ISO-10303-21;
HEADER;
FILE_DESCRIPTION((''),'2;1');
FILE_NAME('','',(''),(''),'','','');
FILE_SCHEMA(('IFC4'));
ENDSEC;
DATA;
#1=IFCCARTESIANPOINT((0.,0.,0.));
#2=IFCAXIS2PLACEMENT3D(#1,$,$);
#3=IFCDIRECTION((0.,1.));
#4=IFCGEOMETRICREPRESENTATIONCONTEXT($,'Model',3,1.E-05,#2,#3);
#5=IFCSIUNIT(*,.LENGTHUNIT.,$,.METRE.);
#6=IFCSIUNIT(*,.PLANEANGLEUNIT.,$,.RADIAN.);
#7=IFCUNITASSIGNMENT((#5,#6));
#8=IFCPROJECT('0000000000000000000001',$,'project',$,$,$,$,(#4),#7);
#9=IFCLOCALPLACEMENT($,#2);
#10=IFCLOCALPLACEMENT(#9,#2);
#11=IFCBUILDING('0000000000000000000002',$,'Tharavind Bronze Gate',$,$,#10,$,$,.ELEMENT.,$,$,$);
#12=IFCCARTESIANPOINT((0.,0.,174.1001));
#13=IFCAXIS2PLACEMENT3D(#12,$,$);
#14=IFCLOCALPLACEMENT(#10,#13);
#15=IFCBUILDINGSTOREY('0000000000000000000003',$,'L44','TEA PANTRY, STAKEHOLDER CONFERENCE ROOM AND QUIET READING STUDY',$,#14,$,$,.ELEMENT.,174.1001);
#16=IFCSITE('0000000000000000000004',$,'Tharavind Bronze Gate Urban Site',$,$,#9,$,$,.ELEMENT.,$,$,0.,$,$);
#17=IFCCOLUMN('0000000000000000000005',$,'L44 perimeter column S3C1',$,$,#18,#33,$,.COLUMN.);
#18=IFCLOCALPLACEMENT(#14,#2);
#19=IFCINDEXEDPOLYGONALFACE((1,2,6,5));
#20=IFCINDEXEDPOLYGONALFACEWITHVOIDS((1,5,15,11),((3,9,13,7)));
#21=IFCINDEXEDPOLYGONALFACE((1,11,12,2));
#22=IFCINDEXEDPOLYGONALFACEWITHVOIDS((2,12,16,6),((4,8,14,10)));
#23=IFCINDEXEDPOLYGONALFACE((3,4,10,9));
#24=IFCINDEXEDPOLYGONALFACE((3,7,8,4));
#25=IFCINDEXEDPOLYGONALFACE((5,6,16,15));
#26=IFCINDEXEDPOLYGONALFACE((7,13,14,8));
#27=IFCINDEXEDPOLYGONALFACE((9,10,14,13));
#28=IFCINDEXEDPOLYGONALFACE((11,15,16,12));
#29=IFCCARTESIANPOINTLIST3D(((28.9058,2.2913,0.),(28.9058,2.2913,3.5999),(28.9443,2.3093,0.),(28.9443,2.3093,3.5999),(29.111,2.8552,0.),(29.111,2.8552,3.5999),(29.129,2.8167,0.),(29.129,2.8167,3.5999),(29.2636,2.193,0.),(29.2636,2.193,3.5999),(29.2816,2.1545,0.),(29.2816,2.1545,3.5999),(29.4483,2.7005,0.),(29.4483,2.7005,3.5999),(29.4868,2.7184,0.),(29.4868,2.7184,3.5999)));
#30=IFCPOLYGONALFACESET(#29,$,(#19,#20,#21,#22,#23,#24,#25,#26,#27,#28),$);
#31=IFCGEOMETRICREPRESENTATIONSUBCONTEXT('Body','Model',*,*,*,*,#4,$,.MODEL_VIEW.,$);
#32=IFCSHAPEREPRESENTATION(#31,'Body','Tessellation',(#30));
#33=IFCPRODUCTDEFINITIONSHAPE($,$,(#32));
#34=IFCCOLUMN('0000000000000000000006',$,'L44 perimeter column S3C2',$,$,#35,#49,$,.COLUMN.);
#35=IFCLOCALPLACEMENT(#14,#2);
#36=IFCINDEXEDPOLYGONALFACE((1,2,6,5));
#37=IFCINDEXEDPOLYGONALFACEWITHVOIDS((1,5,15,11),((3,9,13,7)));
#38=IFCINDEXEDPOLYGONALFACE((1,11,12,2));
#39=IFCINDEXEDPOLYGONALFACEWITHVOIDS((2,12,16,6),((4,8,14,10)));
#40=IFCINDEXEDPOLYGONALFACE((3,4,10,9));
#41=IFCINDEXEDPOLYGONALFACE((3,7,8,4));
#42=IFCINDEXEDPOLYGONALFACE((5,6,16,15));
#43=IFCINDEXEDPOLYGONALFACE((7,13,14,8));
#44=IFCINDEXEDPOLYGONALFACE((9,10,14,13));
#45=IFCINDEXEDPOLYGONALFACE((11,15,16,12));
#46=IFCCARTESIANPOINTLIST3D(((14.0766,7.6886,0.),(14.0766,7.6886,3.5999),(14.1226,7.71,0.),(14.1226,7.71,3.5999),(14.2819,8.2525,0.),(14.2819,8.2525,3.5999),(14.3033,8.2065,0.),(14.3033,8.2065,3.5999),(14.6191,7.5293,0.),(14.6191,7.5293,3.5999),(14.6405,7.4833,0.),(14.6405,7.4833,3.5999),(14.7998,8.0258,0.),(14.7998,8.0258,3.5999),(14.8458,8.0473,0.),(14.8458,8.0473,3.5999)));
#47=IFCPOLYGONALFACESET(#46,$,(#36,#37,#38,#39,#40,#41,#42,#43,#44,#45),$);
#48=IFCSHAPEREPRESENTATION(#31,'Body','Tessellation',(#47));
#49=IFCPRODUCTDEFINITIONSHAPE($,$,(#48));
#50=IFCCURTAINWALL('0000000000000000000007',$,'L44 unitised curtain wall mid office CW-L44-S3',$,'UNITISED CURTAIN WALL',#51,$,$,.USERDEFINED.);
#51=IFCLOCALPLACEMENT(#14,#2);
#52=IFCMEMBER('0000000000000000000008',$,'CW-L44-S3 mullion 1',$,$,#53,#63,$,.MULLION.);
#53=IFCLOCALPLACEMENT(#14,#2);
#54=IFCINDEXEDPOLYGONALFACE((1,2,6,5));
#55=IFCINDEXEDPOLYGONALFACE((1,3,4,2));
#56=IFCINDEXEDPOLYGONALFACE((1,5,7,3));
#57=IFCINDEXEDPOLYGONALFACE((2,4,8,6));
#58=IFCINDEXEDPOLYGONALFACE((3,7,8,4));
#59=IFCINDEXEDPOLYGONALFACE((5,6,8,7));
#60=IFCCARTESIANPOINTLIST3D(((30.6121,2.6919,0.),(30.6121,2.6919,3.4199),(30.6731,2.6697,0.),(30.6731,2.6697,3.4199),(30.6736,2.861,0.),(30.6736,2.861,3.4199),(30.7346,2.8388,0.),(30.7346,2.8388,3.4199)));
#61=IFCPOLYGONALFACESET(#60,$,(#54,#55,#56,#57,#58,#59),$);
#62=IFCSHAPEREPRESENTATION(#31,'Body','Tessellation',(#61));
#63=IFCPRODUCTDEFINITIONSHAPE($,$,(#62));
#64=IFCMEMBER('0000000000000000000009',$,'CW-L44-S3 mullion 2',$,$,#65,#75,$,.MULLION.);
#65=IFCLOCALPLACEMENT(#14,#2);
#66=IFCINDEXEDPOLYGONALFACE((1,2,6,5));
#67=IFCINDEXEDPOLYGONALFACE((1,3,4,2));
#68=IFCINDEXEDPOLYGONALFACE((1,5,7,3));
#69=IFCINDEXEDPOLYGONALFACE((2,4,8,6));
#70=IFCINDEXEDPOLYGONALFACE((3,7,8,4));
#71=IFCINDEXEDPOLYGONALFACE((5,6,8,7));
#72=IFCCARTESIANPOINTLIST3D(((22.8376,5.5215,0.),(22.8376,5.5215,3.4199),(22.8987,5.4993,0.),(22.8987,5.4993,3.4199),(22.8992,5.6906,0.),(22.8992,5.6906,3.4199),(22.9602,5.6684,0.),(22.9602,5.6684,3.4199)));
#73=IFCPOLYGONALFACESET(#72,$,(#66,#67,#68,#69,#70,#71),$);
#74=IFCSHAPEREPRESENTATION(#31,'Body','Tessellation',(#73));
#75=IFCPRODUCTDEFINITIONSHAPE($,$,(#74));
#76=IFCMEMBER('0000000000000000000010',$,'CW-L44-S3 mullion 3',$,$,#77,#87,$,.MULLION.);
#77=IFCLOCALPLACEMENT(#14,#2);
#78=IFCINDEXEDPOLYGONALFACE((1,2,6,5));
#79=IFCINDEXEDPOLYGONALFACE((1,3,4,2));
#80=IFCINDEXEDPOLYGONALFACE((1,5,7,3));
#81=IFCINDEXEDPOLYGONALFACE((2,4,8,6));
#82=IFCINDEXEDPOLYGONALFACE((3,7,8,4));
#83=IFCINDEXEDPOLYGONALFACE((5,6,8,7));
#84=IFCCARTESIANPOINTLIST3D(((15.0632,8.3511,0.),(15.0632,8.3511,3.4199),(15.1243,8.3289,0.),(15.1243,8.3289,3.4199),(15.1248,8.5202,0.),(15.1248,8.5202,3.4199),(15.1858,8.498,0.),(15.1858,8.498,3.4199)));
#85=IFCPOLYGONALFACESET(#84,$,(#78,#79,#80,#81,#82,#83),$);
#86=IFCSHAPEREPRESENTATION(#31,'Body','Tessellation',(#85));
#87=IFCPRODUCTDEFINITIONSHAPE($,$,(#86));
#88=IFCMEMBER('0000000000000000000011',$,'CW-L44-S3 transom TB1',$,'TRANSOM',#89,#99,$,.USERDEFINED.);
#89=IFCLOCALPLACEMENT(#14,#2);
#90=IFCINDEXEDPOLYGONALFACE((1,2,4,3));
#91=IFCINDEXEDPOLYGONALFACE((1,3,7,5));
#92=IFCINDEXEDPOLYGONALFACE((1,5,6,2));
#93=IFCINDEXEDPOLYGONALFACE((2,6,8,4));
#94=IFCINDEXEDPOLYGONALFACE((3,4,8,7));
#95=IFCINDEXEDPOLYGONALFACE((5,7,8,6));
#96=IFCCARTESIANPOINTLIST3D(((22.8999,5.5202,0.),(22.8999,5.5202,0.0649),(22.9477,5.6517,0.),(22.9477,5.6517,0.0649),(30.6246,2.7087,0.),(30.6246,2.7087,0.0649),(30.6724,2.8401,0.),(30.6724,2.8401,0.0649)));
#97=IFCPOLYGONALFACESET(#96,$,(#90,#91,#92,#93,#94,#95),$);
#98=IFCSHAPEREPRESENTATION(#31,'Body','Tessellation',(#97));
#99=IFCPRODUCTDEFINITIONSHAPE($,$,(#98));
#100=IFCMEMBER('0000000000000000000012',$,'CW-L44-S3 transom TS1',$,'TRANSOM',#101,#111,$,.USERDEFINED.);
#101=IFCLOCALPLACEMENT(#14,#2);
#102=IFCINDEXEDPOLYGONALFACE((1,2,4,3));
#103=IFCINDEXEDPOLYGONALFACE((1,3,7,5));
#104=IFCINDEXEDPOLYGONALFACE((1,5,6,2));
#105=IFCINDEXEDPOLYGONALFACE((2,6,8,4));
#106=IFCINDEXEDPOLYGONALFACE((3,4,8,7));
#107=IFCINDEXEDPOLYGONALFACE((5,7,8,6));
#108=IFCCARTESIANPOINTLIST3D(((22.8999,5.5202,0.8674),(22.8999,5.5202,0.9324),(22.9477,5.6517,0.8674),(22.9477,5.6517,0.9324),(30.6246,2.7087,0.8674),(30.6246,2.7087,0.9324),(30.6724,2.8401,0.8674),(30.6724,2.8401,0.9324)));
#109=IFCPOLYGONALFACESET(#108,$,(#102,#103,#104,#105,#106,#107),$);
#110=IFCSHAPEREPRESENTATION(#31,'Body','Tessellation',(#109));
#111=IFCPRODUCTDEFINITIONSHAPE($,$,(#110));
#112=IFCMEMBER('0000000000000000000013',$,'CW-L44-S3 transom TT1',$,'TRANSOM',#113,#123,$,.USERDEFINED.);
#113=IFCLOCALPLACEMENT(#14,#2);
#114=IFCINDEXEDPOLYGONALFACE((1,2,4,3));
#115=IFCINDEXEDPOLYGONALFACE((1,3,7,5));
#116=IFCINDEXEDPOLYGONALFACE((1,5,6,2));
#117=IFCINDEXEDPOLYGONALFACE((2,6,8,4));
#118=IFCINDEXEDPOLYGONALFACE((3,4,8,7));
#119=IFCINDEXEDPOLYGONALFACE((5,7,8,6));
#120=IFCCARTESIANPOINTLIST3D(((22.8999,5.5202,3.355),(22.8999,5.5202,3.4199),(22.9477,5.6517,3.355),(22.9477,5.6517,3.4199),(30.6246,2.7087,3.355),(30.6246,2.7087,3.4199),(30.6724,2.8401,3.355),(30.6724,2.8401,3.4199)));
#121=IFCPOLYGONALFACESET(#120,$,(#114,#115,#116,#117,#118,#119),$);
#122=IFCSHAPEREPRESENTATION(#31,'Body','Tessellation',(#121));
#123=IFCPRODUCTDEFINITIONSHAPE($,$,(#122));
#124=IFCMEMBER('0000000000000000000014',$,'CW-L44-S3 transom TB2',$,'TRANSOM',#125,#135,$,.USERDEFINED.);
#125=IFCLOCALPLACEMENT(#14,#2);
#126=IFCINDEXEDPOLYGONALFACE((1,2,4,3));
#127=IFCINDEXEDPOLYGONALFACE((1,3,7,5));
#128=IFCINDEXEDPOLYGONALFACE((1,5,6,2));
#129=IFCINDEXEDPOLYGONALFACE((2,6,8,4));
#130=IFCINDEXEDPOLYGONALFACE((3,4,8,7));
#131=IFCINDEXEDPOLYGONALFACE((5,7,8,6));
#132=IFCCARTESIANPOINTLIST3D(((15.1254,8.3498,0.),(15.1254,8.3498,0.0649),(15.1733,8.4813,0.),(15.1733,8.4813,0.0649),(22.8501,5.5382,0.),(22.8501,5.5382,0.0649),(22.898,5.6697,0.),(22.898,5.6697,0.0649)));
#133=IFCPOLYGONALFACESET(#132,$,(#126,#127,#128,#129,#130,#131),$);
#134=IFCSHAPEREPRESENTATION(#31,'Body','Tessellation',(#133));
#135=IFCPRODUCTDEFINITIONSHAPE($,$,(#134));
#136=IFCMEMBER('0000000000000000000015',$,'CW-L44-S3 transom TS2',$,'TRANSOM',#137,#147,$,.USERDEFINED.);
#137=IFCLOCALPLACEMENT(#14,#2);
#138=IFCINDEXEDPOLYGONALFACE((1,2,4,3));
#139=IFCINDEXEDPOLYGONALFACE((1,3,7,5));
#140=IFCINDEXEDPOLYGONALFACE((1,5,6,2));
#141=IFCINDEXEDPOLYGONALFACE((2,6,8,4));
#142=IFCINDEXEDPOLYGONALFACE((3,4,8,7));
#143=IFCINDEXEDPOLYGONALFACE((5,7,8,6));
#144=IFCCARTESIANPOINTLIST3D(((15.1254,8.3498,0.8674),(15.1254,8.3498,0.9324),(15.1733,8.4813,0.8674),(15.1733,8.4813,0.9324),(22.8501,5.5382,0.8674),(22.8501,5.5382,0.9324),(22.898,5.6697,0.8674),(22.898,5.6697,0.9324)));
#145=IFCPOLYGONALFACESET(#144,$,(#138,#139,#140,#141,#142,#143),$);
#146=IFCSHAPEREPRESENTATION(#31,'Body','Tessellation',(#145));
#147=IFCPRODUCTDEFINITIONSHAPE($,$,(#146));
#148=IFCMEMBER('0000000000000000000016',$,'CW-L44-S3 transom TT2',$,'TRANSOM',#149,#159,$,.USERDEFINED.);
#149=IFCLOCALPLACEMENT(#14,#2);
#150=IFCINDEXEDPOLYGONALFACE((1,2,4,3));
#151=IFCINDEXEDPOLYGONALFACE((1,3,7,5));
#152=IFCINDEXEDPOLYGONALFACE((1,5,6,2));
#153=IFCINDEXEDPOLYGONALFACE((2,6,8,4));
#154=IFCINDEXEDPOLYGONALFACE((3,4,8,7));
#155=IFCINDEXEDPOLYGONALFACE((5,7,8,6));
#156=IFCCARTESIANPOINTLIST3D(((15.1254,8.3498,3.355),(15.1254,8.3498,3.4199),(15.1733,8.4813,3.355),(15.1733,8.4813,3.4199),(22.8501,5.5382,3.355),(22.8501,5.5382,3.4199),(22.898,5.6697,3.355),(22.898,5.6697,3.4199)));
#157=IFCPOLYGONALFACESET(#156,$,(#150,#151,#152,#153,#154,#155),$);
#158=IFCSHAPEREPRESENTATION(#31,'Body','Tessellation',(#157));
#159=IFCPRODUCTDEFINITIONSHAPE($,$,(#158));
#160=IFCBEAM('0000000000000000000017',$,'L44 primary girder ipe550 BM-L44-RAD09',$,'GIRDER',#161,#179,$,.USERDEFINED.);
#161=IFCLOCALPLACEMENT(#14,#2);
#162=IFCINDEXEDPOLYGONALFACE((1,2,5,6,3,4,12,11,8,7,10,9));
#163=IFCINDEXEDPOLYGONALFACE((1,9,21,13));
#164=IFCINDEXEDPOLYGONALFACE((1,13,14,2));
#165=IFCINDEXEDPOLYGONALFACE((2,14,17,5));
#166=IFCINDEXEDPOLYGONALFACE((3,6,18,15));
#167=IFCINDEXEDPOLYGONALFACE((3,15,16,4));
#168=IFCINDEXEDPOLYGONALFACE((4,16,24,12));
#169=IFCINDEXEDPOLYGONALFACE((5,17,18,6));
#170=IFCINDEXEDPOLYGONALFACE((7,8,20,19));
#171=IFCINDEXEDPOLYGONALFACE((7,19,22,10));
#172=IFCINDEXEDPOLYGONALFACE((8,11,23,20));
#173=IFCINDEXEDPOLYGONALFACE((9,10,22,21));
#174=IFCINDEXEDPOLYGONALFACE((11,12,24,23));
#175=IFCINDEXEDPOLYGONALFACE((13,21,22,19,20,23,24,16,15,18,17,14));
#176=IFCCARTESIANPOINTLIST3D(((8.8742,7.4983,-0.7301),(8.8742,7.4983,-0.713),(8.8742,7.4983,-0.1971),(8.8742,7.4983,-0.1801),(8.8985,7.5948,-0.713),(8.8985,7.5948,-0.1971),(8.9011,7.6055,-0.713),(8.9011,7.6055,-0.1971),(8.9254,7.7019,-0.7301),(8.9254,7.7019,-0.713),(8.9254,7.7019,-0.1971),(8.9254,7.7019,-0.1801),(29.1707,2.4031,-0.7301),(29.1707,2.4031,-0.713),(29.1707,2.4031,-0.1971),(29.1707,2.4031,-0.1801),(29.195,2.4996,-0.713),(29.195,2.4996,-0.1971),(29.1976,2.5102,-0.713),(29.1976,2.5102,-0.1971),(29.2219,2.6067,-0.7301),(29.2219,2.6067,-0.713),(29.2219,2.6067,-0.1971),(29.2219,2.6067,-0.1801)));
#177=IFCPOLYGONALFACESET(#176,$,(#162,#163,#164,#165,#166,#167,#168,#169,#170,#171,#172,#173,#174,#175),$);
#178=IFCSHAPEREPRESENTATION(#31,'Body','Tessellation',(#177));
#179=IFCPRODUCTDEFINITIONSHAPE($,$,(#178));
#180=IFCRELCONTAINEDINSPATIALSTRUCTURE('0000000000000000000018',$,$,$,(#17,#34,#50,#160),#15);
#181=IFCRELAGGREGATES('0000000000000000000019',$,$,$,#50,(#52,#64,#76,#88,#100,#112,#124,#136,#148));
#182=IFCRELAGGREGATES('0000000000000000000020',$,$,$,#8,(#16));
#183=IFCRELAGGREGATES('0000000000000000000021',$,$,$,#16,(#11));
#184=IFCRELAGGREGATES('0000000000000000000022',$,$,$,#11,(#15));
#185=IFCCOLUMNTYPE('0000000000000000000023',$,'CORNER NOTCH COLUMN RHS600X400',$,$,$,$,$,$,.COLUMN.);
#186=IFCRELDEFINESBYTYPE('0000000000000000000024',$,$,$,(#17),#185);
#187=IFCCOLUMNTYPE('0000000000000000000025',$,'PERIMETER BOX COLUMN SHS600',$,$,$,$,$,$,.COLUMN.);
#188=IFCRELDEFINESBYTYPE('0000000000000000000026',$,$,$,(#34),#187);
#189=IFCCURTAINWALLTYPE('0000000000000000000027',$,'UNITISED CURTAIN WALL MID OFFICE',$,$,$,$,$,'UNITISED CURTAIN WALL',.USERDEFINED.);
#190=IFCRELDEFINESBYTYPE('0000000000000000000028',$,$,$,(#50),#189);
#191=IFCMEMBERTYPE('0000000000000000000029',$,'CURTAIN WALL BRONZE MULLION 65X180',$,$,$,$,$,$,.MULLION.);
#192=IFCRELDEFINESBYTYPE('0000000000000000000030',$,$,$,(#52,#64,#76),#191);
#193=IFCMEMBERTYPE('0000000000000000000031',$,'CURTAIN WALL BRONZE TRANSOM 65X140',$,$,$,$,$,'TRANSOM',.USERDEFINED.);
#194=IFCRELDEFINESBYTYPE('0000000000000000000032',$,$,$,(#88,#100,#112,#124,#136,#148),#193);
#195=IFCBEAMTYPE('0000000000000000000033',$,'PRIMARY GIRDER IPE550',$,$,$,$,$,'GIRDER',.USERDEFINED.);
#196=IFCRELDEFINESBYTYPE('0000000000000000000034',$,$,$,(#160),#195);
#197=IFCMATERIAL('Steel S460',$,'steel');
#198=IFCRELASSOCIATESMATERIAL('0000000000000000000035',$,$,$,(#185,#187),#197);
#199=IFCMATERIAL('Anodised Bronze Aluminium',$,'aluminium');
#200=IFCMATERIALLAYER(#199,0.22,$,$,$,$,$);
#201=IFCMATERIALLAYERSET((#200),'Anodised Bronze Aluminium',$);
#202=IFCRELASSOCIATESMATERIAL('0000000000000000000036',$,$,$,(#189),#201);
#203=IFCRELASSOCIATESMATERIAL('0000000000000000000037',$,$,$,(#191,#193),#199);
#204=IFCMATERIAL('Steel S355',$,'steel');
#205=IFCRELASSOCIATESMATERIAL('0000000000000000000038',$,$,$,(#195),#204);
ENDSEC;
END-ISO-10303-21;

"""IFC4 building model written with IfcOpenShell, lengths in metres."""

from ifc_helpers import new_model, si_unit, direction, frame, origin, origin_2d, place, context, subcontext, project, spatial, rectangle, hollow_rectangle, i_section, extrude, material, layer, layer_set, material_profile, profile_set, type_object, element, aggregate, save


model = new_model("IFC4")

# Units and contexts
model_context = context("Model", 3, precision=1e-05, world=origin(), true_north=direction((0.0, 1.0)))
body_context = subcontext(model_context, "Body", "Model", "MODEL_VIEW")
ifc_project = project(units=[si_unit("LENGTHUNIT", "METRE"), si_unit("PLANEANGLEUNIT", "RADIAN")], contexts=[model_context])

# Site, building, storey
site_placement = place(None, origin())
site = spatial("IfcSite", under=ifc_project, at=site_placement, Name="Tharavind Bronze Gate Urban Site", CompositionType="ELEMENT", RefElevation=0.0)
building_placement = place(site_placement, origin())
building = spatial("IfcBuilding", under=site, at=building_placement, Name="Tharavind Bronze Gate", CompositionType="ELEMENT")
storey_placement = place(building_placement, frame((0.0, 0.0, 174.1001)))
storey = spatial("IfcBuildingStorey", under=building, at=storey_placement, Name="L44", Description="TEA PANTRY, STAKEHOLDER CONFERENCE ROOM AND QUIET READING STUDY", CompositionType="ELEMENT", Elevation=174.1001)

# Columns
ifc_material_1 = material(Name="Steel S460", Category="steel")
ifc_material_profile_1 = material_profile(ifc_material_1, hollow_rectangle(XDim=0.3999, YDim=0.6001, WallThickness=0.03, at=origin_2d()), Name="RHS600X400X30")
ifc_profile_set_1 = profile_set([ifc_material_profile_1], Name="Steel S460")
column_type_1 = type_object("IfcColumnType", Name="CORNER NOTCH COLUMN RHS600X400", PredefinedType="COLUMN", material=ifc_profile_set_1)
column_1_placement = place(storey_placement, frame((29.1963, 2.5049, 0.0), z_axis=(0.0, 0.0, 1.0), x_axis=(-0.939692, 0.342022, 0.0)))
element("IfcColumn", 1, at=column_1_placement, inside=storey, type_object=column_type_1, Name="L44 perimeter column S3C1", PredefinedType="COLUMN", context=body_context, shape_type="SweptSolid", body=[
    extrude(hollow_rectangle(XDim=0.3999, YDim=0.6001, WallThickness=0.03, at=origin_2d()), origin(), (0.0, 0.0, 1.0), 3.5999),
])
ifc_material_profile_2 = material_profile(ifc_material_1, hollow_rectangle(XDim=0.6001, YDim=0.6001, WallThickness=0.0359, at=origin_2d()), Name="SHS600X36")
ifc_profile_set_2 = profile_set([ifc_material_profile_2], Name="Steel S460")
column_type_2 = type_object("IfcColumnType", Name="PERIMETER BOX COLUMN SHS600", PredefinedType="COLUMN", material=ifc_profile_set_2)
column_2_placement = place(storey_placement, frame((14.4612, 7.8679, 0.0), z_axis=(0.0, 0.0, 1.0), x_axis=(-0.939692, 0.342022, 0.0)))
element("IfcColumn", 2, at=column_2_placement, inside=storey, type_object=column_type_2, Name="L44 perimeter column S3C2", PredefinedType="COLUMN", context=body_context, shape_type="SweptSolid", body=[
    extrude(hollow_rectangle(XDim=0.6001, YDim=0.6001, WallThickness=0.0359, at=origin_2d()), origin(), (0.0, 0.0, 1.0), 3.5999),
])

# Curtain wall, members
ifc_material_2 = material(Name="Anodised Bronze Aluminium", Category="aluminium")
ifc_layer_1 = layer(ifc_material_2, 0.22)
ifc_layer_set_1 = layer_set([ifc_layer_1], Name="Anodised Bronze Aluminium")
curtain_wall_type = type_object("IfcCurtainWallType", Name="UNITISED CURTAIN WALL MID OFFICE", ElementType="UNITISED CURTAIN WALL", PredefinedType="USERDEFINED", material=ifc_layer_set_1)
curtain_wall_placement = place(storey_placement, origin())
curtain_wall = element("IfcCurtainWall", 3, at=curtain_wall_placement, inside=storey, type_object=curtain_wall_type, Name="L44 unitised curtain wall mid office CW-L44-S3", ObjectType="UNITISED CURTAIN WALL", PredefinedType="USERDEFINED")
member_type_1 = type_object("IfcMemberType", Name="CURTAIN WALL BRONZE MULLION 65X180", PredefinedType="MULLION", material=ifc_material_2)
member_1_placement = place(storey_placement, frame((30.6733, 2.7654, 0.0), z_axis=(0.0, 0.0, 1.0), x_axis=(-0.939692, 0.342022, 0.0)))
member_1 = element("IfcMember", 4, at=member_1_placement, type_object=member_type_1, Name="CW-L44-S3 mullion 1", PredefinedType="MULLION", context=body_context, shape_type="SweptSolid", body=[
    extrude(rectangle(XDim=0.0649, YDim=0.1799, at=origin_2d()), origin(), (0.0, 0.0, 1.0), 3.4199),
])
member_2_placement = place(storey_placement, frame((22.8989, 5.595, 0.0), z_axis=(0.0, 0.0, 1.0), x_axis=(-0.939692, 0.342022, 0.0)))
member_2 = element("IfcMember", 5, at=member_2_placement, type_object=member_type_1, Name="CW-L44-S3 mullion 2", PredefinedType="MULLION", context=body_context, shape_type="SweptSolid", body=[
    extrude(rectangle(XDim=0.0649, YDim=0.1799, at=origin_2d()), origin(), (0.0, 0.0, 1.0), 3.4199),
])
member_3_placement = place(storey_placement, frame((15.1245, 8.4246, 0.0), z_axis=(0.0, 0.0, 1.0), x_axis=(-0.939692, 0.342022, 0.0)))
member_3 = element("IfcMember", 6, at=member_3_placement, type_object=member_type_1, Name="CW-L44-S3 mullion 3", PredefinedType="MULLION", context=body_context, shape_type="SweptSolid", body=[
    extrude(rectangle(XDim=0.0649, YDim=0.1799, at=origin_2d()), origin(), (0.0, 0.0, 1.0), 3.4199),
])
member_type_2 = type_object("IfcMemberType", Name="CURTAIN WALL BRONZE TRANSOM 65X140", ElementType="TRANSOM", PredefinedType="USERDEFINED", material=ifc_material_2)
member_4_placement = place(storey_placement, frame((26.7861, 4.1802, 0.0), z_axis=(0.0, 0.0, 1.0), x_axis=(-0.939692, 0.342022, 0.0)))
member_4 = element("IfcMember", 7, at=member_4_placement, type_object=member_type_2, Name="CW-L44-S3 transom TB1", ObjectType="TRANSOM", PredefinedType="USERDEFINED", context=body_context, shape_type="SweptSolid", body=[
    extrude(rectangle(XDim=8.2205, YDim=0.1399, at=origin_2d()), origin(), (0.0, 0.0, 1.0), 0.0649),
])
member_5_placement = place(storey_placement, frame((26.7861, 4.1802, 0.8674), z_axis=(0.0, 0.0, 1.0), x_axis=(-0.939692, 0.342022, 0.0)))
member_5 = element("IfcMember", 8, at=member_5_placement, type_object=member_type_2, Name="CW-L44-S3 transom TS1", ObjectType="TRANSOM", PredefinedType="USERDEFINED", context=body_context, shape_type="SweptSolid", body=[
    extrude(rectangle(XDim=8.2205, YDim=0.1399, at=origin_2d()), origin(), (0.0, 0.0, 1.0), 0.0649),
])
member_6_placement = place(storey_placement, frame((26.7861, 4.1802, 3.355), z_axis=(0.0, 0.0, 1.0), x_axis=(-0.939692, 0.342022, 0.0)))
member_6 = element("IfcMember", 9, at=member_6_placement, type_object=member_type_2, Name="CW-L44-S3 transom TT1", ObjectType="TRANSOM", PredefinedType="USERDEFINED", context=body_context, shape_type="SweptSolid", body=[
    extrude(rectangle(XDim=8.2205, YDim=0.1399, at=origin_2d()), origin(), (0.0, 0.0, 1.0), 0.0649),
])
member_7_placement = place(storey_placement, frame((19.0117, 7.0098, 0.0), z_axis=(0.0, 0.0, 1.0), x_axis=(-0.939692, 0.342022, 0.0)))
member_7 = element("IfcMember", 10, at=member_7_placement, type_object=member_type_2, Name="CW-L44-S3 transom TB2", ObjectType="TRANSOM", PredefinedType="USERDEFINED", context=body_context, shape_type="SweptSolid", body=[
    extrude(rectangle(XDim=8.2205, YDim=0.1399, at=origin_2d()), origin(), (0.0, 0.0, 1.0), 0.0649),
])
member_8_placement = place(storey_placement, frame((19.0117, 7.0098, 0.8674), z_axis=(0.0, 0.0, 1.0), x_axis=(-0.939692, 0.342022, 0.0)))
member_8 = element("IfcMember", 11, at=member_8_placement, type_object=member_type_2, Name="CW-L44-S3 transom TS2", ObjectType="TRANSOM", PredefinedType="USERDEFINED", context=body_context, shape_type="SweptSolid", body=[
    extrude(rectangle(XDim=8.2205, YDim=0.1399, at=origin_2d()), origin(), (0.0, 0.0, 1.0), 0.0649),
])
member_9_placement = place(storey_placement, frame((19.0117, 7.0098, 3.355), z_axis=(0.0, 0.0, 1.0), x_axis=(-0.939692, 0.342022, 0.0)))
member_9 = element("IfcMember", 12, at=member_9_placement, type_object=member_type_2, Name="CW-L44-S3 transom TT2", ObjectType="TRANSOM", PredefinedType="USERDEFINED", context=body_context, shape_type="SweptSolid", body=[
    extrude(rectangle(XDim=8.2205, YDim=0.1399, at=origin_2d()), origin(), (0.0, 0.0, 1.0), 0.0649),
])

# Beam
ifc_material_3 = material(Name="Steel S355", Category="steel")
ifc_material_profile_3 = material_profile(ifc_material_3, i_section(OverallWidth=0.21, OverallDepth=0.55, WebThickness=0.011, FlangeThickness=0.0171, at=origin_2d()), Name="IPE550")
ifc_profile_set_3 = profile_set([ifc_material_profile_3], Name="Steel S355")
beam_type_1 = type_object("IfcBeamType", Name="PRIMARY GIRDER IPE550", ElementType="GIRDER", PredefinedType="USERDEFINED", material=ifc_profile_set_3)
beam_1_placement = place(storey_placement, frame((29.1963, 2.5049, -0.4551), z_axis=(-0.969905, 0.243485, 0.0), x_axis=(-0.243485, -0.969905, 0.0)))
element("IfcBeam", 13, at=beam_1_placement, inside=storey, type_object=beam_type_1, Name="L44 primary girder ipe550 BM-L44-RAD09", ObjectType="GIRDER", PredefinedType="USERDEFINED", context=body_context, shape_type="SweptSolid", body=[
    extrude(i_section(OverallWidth=0.21, OverallDepth=0.55, WebThickness=0.011, FlangeThickness=0.0171, at=origin_2d()), origin(), (0.0, 0.0, 1.0), 20.9263),
])

aggregate(curtain_wall, [member_1, member_2, member_3, member_4, member_5, member_6, member_7, member_8, member_9])

save(model, "model.ifc")
